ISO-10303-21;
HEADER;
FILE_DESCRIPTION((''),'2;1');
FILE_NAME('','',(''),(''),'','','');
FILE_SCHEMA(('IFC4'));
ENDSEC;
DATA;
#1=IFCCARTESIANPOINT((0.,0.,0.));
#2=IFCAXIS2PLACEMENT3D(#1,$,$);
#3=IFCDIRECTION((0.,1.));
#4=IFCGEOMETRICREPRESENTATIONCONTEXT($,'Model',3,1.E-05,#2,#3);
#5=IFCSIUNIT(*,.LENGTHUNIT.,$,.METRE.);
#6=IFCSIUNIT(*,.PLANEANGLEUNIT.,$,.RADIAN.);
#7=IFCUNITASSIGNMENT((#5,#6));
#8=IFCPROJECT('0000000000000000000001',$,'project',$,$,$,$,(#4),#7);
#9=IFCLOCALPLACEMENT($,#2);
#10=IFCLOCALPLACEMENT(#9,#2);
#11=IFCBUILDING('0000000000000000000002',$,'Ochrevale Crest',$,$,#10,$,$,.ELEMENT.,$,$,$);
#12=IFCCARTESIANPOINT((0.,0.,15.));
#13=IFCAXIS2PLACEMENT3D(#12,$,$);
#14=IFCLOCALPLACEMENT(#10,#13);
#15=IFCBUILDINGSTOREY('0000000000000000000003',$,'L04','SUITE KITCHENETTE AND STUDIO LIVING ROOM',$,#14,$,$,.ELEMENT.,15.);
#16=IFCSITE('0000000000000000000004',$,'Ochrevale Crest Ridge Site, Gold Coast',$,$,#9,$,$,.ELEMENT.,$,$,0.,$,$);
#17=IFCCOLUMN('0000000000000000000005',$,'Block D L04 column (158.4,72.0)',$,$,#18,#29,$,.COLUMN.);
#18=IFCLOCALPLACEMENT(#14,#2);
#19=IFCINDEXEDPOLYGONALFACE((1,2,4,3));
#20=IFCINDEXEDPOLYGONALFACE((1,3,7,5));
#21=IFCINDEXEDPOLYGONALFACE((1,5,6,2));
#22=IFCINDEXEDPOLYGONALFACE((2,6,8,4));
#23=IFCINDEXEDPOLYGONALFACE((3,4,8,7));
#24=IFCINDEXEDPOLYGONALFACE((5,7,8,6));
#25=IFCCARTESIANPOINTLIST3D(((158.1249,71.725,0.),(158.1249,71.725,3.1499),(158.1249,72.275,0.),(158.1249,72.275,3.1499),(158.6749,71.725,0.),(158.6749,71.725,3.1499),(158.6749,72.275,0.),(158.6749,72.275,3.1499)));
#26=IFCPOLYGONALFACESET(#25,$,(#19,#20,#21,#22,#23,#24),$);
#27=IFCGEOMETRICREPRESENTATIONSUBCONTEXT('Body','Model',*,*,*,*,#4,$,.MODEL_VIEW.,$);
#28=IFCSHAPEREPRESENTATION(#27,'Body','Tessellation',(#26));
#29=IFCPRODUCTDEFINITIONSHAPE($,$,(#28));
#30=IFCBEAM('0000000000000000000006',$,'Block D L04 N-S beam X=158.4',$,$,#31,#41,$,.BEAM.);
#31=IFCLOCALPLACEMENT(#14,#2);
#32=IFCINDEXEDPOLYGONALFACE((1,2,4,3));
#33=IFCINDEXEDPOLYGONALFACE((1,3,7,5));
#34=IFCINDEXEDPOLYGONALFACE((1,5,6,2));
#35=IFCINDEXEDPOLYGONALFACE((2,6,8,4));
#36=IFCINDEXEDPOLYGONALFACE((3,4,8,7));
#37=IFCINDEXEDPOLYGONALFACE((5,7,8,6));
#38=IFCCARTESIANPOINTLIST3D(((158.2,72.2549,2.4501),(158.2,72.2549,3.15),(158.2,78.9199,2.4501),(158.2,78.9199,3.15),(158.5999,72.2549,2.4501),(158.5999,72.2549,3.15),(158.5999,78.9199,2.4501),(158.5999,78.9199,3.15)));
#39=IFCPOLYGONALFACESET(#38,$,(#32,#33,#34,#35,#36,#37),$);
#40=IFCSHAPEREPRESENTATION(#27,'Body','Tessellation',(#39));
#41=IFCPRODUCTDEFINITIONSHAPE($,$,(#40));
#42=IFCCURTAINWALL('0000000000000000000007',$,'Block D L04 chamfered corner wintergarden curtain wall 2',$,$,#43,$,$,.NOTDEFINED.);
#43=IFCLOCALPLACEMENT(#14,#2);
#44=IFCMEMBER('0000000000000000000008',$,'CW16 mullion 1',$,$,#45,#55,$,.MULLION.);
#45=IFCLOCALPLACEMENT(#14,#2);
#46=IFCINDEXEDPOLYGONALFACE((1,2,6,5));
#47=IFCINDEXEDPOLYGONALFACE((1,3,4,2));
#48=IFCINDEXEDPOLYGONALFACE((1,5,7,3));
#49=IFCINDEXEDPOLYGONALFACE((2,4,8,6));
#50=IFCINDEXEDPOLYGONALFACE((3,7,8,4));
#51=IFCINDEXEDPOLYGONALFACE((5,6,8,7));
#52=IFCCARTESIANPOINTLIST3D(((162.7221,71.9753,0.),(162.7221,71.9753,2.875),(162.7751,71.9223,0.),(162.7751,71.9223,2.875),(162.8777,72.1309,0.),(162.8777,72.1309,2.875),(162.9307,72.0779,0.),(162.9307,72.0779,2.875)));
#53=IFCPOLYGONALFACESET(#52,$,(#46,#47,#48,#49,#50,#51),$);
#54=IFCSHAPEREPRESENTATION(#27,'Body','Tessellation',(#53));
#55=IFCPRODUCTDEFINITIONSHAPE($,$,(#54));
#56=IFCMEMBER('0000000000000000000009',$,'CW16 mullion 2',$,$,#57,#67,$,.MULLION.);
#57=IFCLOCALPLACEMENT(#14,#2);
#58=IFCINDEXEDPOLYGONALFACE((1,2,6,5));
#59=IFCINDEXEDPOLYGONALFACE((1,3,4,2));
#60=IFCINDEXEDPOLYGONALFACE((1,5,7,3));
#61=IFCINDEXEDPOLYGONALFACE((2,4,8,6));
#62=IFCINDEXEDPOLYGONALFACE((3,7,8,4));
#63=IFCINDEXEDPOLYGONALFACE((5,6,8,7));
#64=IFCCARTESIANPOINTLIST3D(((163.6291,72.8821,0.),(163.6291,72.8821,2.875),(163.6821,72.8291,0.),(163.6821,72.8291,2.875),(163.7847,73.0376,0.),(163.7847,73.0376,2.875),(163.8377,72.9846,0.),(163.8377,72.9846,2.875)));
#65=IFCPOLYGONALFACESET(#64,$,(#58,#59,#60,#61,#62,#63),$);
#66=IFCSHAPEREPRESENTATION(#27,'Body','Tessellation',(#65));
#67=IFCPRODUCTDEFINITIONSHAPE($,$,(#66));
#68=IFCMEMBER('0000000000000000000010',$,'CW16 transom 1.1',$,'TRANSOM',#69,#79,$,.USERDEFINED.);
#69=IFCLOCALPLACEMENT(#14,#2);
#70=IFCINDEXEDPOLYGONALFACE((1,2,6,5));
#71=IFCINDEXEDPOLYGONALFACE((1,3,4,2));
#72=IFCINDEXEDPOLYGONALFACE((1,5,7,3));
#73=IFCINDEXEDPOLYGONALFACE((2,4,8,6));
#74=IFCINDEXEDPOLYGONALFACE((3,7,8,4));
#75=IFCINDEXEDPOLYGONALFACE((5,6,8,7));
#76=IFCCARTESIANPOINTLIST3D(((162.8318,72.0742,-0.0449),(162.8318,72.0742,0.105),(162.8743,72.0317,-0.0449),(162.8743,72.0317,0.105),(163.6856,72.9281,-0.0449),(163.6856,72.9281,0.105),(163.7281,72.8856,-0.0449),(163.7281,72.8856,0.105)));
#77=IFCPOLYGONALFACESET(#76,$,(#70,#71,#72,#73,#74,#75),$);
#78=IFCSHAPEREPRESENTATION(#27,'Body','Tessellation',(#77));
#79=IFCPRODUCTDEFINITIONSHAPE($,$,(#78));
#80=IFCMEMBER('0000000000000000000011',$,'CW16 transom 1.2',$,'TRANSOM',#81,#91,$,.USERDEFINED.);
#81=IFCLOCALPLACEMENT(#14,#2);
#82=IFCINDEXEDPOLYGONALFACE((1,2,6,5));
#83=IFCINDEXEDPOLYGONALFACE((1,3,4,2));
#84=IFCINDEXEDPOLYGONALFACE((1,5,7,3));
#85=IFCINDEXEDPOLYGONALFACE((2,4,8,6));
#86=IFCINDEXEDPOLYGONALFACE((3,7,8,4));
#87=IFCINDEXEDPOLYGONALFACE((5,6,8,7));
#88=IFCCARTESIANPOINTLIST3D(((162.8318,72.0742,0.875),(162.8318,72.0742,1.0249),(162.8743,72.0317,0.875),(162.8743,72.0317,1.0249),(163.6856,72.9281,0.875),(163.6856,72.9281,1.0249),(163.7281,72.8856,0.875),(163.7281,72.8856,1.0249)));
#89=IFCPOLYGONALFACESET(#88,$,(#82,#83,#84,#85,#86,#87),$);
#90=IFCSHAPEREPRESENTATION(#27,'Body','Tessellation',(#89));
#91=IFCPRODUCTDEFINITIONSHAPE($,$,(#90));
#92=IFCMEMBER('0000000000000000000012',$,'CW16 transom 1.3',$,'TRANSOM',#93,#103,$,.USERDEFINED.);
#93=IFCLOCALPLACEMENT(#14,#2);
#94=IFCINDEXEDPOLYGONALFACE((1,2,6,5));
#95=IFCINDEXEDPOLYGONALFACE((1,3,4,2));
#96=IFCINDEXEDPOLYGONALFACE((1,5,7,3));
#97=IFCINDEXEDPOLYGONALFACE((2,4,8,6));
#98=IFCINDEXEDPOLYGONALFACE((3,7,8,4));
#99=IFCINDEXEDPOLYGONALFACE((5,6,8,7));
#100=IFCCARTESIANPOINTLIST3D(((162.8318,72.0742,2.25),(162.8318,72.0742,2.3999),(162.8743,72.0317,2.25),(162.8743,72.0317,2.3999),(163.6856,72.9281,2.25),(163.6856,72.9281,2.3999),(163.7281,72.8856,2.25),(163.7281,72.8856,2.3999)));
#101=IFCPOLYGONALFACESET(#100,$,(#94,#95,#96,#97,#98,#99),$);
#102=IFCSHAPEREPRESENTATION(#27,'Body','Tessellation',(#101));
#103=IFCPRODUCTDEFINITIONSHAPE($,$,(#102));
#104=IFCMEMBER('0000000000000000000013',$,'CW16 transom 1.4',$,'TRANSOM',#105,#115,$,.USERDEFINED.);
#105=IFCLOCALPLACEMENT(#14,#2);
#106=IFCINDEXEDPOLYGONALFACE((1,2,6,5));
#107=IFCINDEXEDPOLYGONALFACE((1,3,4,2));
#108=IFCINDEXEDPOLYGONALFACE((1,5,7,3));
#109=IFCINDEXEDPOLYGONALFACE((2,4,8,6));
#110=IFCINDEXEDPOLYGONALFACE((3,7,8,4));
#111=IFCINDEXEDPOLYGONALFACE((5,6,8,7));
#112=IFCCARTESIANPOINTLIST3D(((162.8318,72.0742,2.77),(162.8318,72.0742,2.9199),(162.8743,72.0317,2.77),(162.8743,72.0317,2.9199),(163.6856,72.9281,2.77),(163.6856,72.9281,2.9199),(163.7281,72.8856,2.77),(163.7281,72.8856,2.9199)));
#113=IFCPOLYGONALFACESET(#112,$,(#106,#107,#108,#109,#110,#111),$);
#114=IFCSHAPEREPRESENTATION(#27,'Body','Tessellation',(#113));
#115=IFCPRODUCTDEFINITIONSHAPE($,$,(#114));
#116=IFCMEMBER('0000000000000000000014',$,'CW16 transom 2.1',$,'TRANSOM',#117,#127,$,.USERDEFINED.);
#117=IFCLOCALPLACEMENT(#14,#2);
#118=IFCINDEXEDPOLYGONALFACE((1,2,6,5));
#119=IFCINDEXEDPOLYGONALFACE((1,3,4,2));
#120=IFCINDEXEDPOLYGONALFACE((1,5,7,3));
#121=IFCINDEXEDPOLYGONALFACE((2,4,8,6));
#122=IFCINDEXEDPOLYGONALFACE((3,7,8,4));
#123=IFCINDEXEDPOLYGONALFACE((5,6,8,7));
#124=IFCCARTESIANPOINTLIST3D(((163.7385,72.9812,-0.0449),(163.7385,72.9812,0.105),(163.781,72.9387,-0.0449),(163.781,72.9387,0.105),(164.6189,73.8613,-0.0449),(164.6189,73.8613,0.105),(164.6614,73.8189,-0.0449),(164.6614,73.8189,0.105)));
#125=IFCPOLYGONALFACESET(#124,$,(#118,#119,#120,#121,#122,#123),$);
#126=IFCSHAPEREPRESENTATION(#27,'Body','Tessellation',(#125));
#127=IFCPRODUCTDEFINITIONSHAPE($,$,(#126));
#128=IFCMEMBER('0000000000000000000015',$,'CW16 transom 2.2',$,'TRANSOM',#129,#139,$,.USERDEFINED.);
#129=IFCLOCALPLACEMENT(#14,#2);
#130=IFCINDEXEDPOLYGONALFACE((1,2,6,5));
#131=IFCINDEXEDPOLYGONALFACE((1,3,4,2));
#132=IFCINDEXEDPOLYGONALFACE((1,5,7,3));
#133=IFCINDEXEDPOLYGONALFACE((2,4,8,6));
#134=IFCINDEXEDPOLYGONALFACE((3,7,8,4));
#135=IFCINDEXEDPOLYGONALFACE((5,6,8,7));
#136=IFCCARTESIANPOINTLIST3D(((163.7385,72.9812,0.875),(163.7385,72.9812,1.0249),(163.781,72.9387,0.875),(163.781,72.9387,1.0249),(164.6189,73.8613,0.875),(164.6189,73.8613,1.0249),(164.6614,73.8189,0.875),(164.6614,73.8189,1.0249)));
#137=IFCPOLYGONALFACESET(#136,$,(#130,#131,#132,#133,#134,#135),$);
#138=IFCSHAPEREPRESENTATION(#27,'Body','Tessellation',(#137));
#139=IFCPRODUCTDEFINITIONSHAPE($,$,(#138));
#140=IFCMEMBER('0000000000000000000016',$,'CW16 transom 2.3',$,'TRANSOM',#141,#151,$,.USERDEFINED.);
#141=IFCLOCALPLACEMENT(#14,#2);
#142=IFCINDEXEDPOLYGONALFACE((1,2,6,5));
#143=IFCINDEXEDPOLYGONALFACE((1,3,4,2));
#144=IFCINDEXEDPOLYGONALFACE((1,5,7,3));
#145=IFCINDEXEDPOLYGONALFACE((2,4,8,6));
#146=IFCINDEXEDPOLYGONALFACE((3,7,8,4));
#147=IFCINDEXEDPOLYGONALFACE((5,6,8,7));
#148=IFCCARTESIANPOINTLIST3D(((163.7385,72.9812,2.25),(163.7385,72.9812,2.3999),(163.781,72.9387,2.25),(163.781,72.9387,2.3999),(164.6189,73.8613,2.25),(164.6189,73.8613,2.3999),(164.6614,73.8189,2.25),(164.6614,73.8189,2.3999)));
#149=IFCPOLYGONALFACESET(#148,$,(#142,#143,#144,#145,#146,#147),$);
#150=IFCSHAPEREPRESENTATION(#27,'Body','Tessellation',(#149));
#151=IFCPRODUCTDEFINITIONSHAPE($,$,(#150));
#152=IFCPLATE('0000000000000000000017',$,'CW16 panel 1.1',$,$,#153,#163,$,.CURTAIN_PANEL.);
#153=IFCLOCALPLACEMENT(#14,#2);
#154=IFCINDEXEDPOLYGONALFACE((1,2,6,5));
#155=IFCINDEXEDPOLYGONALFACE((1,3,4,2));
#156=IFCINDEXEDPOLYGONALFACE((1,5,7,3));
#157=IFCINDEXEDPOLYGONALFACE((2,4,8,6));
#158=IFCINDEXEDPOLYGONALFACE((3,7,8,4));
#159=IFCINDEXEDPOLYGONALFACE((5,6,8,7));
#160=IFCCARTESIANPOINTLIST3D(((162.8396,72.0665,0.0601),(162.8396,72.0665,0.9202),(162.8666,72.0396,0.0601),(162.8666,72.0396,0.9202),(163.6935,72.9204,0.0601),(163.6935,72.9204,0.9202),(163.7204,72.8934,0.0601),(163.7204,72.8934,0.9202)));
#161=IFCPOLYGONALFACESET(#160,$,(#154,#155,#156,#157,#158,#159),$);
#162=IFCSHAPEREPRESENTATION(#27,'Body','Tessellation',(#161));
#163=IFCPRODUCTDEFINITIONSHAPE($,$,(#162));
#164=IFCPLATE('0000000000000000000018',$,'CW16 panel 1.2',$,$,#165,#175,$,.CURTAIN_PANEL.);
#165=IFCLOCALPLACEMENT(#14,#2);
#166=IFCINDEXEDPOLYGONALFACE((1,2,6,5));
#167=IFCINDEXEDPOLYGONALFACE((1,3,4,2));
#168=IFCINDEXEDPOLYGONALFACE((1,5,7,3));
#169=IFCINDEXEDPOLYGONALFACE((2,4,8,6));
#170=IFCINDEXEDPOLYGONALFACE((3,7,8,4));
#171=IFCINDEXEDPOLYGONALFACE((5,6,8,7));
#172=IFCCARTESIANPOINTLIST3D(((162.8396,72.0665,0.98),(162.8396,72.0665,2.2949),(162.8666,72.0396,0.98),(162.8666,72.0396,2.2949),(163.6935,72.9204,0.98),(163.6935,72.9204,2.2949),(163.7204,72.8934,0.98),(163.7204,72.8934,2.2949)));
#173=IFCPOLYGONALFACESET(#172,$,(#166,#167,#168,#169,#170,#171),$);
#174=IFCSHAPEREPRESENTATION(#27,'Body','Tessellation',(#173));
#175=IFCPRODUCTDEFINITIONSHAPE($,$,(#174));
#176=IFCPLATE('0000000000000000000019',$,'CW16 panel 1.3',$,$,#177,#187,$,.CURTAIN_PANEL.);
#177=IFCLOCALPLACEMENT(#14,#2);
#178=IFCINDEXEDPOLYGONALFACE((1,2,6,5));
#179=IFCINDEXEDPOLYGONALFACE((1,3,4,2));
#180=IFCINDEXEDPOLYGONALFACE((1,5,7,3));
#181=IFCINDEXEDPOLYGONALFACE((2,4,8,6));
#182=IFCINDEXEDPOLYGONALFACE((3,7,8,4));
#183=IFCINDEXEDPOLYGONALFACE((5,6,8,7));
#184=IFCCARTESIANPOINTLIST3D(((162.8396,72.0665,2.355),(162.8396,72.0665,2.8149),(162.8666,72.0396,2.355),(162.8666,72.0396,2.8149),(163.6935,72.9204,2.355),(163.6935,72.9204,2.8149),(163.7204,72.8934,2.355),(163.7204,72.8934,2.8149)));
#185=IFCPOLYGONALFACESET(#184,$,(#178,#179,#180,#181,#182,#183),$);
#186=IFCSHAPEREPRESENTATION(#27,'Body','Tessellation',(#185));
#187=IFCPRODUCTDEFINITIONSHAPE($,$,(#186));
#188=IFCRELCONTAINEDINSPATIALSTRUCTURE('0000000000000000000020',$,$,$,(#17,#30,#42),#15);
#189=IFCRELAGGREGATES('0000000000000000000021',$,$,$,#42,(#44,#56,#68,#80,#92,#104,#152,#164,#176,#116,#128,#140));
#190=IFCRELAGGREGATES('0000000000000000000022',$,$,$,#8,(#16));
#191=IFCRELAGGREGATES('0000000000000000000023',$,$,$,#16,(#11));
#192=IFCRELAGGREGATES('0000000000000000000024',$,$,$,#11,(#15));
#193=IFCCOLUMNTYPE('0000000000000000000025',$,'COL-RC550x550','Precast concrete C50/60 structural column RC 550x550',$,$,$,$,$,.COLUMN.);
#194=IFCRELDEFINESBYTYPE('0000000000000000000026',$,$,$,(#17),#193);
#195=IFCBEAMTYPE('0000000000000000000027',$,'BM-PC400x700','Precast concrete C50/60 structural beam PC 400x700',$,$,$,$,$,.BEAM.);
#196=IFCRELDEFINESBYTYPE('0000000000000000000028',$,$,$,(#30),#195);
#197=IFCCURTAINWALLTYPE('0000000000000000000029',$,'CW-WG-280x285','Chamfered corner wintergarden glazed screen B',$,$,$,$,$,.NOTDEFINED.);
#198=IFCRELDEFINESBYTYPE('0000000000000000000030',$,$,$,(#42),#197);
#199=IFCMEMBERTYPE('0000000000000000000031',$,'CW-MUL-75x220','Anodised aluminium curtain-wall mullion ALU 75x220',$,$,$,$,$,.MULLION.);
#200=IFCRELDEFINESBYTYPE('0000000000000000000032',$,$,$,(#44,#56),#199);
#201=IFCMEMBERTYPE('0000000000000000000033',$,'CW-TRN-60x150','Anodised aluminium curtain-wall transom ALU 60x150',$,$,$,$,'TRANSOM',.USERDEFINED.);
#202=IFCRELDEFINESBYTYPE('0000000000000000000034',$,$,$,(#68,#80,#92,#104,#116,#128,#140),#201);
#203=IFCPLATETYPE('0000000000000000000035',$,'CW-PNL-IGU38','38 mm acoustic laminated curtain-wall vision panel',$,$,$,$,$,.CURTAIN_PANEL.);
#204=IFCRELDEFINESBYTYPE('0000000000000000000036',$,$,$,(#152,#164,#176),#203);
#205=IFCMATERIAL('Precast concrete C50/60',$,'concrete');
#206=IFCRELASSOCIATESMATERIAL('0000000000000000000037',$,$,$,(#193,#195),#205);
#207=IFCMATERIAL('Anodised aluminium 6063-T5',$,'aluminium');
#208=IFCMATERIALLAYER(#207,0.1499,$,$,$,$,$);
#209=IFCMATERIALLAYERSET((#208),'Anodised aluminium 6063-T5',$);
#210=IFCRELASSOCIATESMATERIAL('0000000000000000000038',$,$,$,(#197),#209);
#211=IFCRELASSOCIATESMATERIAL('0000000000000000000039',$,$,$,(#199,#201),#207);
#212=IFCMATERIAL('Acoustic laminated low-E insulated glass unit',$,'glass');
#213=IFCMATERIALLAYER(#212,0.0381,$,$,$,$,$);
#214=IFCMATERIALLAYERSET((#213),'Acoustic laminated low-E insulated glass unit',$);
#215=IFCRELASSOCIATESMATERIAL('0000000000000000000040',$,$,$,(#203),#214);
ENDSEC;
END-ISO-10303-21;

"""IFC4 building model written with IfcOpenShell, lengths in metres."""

from ifc_helpers import new_model, si_unit, direction, frame, origin, origin_2d, place, context, subcontext, project, spatial, rectangle, extrude, material, layer, layer_set, material_profile, profile_set, type_object, element, aggregate, save


model = new_model("IFC4")

# Units and contexts
model_context = context("Model", 3, precision=1e-05, world=origin(), true_north=direction((0.0, 1.0)))
body_context = subcontext(model_context, "Body", "Model", "MODEL_VIEW")
ifc_project = project(units=[si_unit("LENGTHUNIT", "METRE"), si_unit("PLANEANGLEUNIT", "RADIAN")], contexts=[model_context])

# Site, building, storey
site_placement = place(None, origin())
site = spatial("IfcSite", under=ifc_project, at=site_placement, Name="Ochrevale Crest Ridge Site, Gold Coast", CompositionType="ELEMENT", RefElevation=0.0)
building_placement = place(site_placement, origin())
building = spatial("IfcBuilding", under=site, at=building_placement, Name="Ochrevale Crest", CompositionType="ELEMENT")
storey_placement = place(building_placement, frame((0.0, 0.0, 15.0)))
storey = spatial("IfcBuildingStorey", under=building, at=storey_placement, Name="L04", Description="SUITE KITCHENETTE AND STUDIO LIVING ROOM", CompositionType="ELEMENT", Elevation=15.0)

# Column
ifc_material_1 = material(Name="Precast concrete C50/60", Category="concrete")
ifc_material_profile_1 = material_profile(ifc_material_1, rectangle(XDim=0.55, YDim=0.55, at=origin_2d()), Name="RC 550x550")
ifc_profile_set_1 = profile_set([ifc_material_profile_1], Name="Precast concrete C50/60")
column_type = type_object("IfcColumnType", Name="COL-RC550x550", Description="Precast concrete C50/60 structural column RC 550x550", PredefinedType="COLUMN", material=ifc_profile_set_1)
column_placement = place(storey_placement, frame((158.3999, 72.0, 0.0), z_axis=(0.0, 0.0, 1.0), x_axis=(1.0, 0.0, 0.0)))
element("IfcColumn", 1, at=column_placement, inside=storey, type_object=column_type, Name="Block D L04 column (158.4,72.0)", PredefinedType="COLUMN", context=body_context, shape_type="SweptSolid", body=[
    extrude(rectangle(XDim=0.55, YDim=0.55, at=origin_2d()), origin(), (0.0, 0.0, 1.0), 3.1499),
])

# Beam
ifc_material_profile_2 = material_profile(ifc_material_1, rectangle(XDim=0.3999, YDim=0.7, at=origin_2d()), Name="PC 400x700")
ifc_profile_set_2 = profile_set([ifc_material_profile_2], Name="Precast concrete C50/60")
beam_type = type_object("IfcBeamType", Name="BM-PC400x700", Description="Precast concrete C50/60 structural beam PC 400x700", PredefinedType="BEAM", material=ifc_profile_set_2)
beam_placement = place(storey_placement, frame((158.3999, 72.2549, 2.8), z_axis=(0.0, 1.0, 0.0), x_axis=(-1.0, 0.0, 0.0)))
element("IfcBeam", 2, at=beam_placement, inside=storey, type_object=beam_type, Name="Block D L04 N-S beam X=158.4", PredefinedType="BEAM", context=body_context, shape_type="SweptSolid", body=[
    extrude(rectangle(XDim=0.3999, YDim=0.7, at=origin_2d()), origin(), (0.0, 0.0, 1.0), 6.665),
])

# Curtain wall, members, plates
ifc_material_2 = material(Name="Anodised aluminium 6063-T5", Category="aluminium")
ifc_layer_1 = layer(ifc_material_2, 0.1499)
ifc_layer_set_1 = layer_set([ifc_layer_1], Name="Anodised aluminium 6063-T5")
curtain_wall_type = type_object("IfcCurtainWallType", Name="CW-WG-280x285", Description="Chamfered corner wintergarden glazed screen B", PredefinedType="NOTDEFINED", material=ifc_layer_set_1)
curtain_wall_placement = place(storey_placement, origin())
curtain_wall = element("IfcCurtainWall", 3, at=curtain_wall_placement, inside=storey, type_object=curtain_wall_type, Name="Block D L04 chamfered corner wintergarden curtain wall 2", PredefinedType="NOTDEFINED")
ifc_material_profile_3 = material_profile(ifc_material_2, rectangle(XDim=0.075, YDim=0.22, at=origin_2d()), Name="ALU 75x220")
ifc_profile_set_3 = profile_set([ifc_material_profile_3], Name="Anodised aluminium 6063-T5")
member_type_1 = type_object("IfcMemberType", Name="CW-MUL-75x220", Description="Anodised aluminium curtain-wall mullion ALU 75x220", PredefinedType="MULLION", material=ifc_profile_set_3)
member_1_placement = place(storey_placement, frame((162.8264, 72.0266, 0.0), z_axis=(0.0, 0.0, 1.0), x_axis=(-0.707107, 0.707107, 0.0)))
member_1 = element("IfcMember", 4, at=member_1_placement, type_object=member_type_1, Name="CW16 mullion 1", PredefinedType="MULLION", context=body_context, shape_type="SweptSolid", body=[
    extrude(rectangle(XDim=0.075, YDim=0.22, at=origin_2d()), origin(), (0.0, 0.0, 1.0), 2.875),
])
member_2_placement = place(storey_placement, frame((163.7334, 72.9333, 0.0), z_axis=(0.0, 0.0, 1.0), x_axis=(-0.707107, 0.707107, 0.0)))
member_2 = element("IfcMember", 5, at=member_2_placement, type_object=member_type_1, Name="CW16 mullion 2", PredefinedType="MULLION", context=body_context, shape_type="SweptSolid", body=[
    extrude(rectangle(XDim=0.075, YDim=0.22, at=origin_2d()), origin(), (0.0, 0.0, 1.0), 2.875),
])
ifc_material_profile_4 = material_profile(ifc_material_2, rectangle(XDim=0.0601, YDim=0.1499, at=origin_2d()), Name="ALU 60x150")
ifc_profile_set_4 = profile_set([ifc_material_profile_4], Name="Anodised aluminium 6063-T5")
member_type_2 = type_object("IfcMemberType", Name="CW-TRN-60x150", Description="Anodised aluminium curtain-wall transom ALU 60x150", ElementType="TRANSOM", PredefinedType="USERDEFINED", material=ifc_profile_set_4)
member_3_placement = place(storey_placement, frame((162.853, 72.053, 0.03), z_axis=(0.707107, 0.707107, 0.0), x_axis=(-0.707107, 0.707107, 0.0)))
member_3 = element("IfcMember", 6, at=member_3_placement, type_object=member_type_2, Name="CW16 transom 1.1", ObjectType="TRANSOM", PredefinedType="USERDEFINED", context=body_context, shape_type="SweptSolid", body=[
    extrude(rectangle(XDim=0.0601, YDim=0.1499, at=origin_2d()), origin(), (0.0, 0.0, 1.0), 1.2075),
])
member_4_placement = place(storey_placement, frame((162.853, 72.053, 0.95), z_axis=(0.707107, 0.707107, 0.0), x_axis=(-0.707107, 0.707107, 0.0)))
member_4 = element("IfcMember", 7, at=member_4_placement, type_object=member_type_2, Name="CW16 transom 1.2", ObjectType="TRANSOM", PredefinedType="USERDEFINED", context=body_context, shape_type="SweptSolid", body=[
    extrude(rectangle(XDim=0.0601, YDim=0.1499, at=origin_2d()), origin(), (0.0, 0.0, 1.0), 1.2075),
])
member_5_placement = place(storey_placement, frame((162.853, 72.053, 2.325), z_axis=(0.707107, 0.707107, 0.0), x_axis=(-0.707107, 0.707107, 0.0)))
member_5 = element("IfcMember", 8, at=member_5_placement, type_object=member_type_2, Name="CW16 transom 1.3", ObjectType="TRANSOM", PredefinedType="USERDEFINED", context=body_context, shape_type="SweptSolid", body=[
    extrude(rectangle(XDim=0.0601, YDim=0.1499, at=origin_2d()), origin(), (0.0, 0.0, 1.0), 1.2075),
])
member_6_placement = place(storey_placement, frame((162.853, 72.053, 2.845), z_axis=(0.707107, 0.707107, 0.0), x_axis=(-0.707107, 0.707107, 0.0)))
member_6 = element("IfcMember", 9, at=member_6_placement, type_object=member_type_2, Name="CW16 transom 1.4", ObjectType="TRANSOM", PredefinedType="USERDEFINED", context=body_context, shape_type="SweptSolid", body=[
    extrude(rectangle(XDim=0.0601, YDim=0.1499, at=origin_2d()), origin(), (0.0, 0.0, 1.0), 1.2075),
])
member_7_placement = place(storey_placement, frame((163.7598, 72.96, 0.03), z_axis=(0.707205, 0.707009, 0.0), x_axis=(-0.707009, 0.707205, 0.0)))
member_7 = element("IfcMember", 10, at=member_7_placement, type_object=member_type_2, Name="CW16 transom 2.1", ObjectType="TRANSOM", PredefinedType="USERDEFINED", context=body_context, shape_type="SweptSolid", body=[
    extrude(rectangle(XDim=0.0601, YDim=0.1499, at=origin_2d()), origin(), (0.0, 0.0, 1.0), 1.2449),
])
member_8_placement = place(storey_placement, frame((163.7598, 72.96, 0.95), z_axis=(0.707205, 0.707009, 0.0), x_axis=(-0.707009, 0.707205, 0.0)))
member_8 = element("IfcMember", 11, at=member_8_placement, type_object=member_type_2, Name="CW16 transom 2.2", ObjectType="TRANSOM", PredefinedType="USERDEFINED", context=body_context, shape_type="SweptSolid", body=[
    extrude(rectangle(XDim=0.0601, YDim=0.1499, at=origin_2d()), origin(), (0.0, 0.0, 1.0), 1.2449),
])
member_9_placement = place(storey_placement, frame((163.7598, 72.96, 2.325), z_axis=(0.707205, 0.707009, 0.0), x_axis=(-0.707009, 0.707205, 0.0)))
member_9 = element("IfcMember", 12, at=member_9_placement, type_object=member_type_2, Name="CW16 transom 2.3", ObjectType="TRANSOM", PredefinedType="USERDEFINED", context=body_context, shape_type="SweptSolid", body=[
    extrude(rectangle(XDim=0.0601, YDim=0.1499, at=origin_2d()), origin(), (0.0, 0.0, 1.0), 1.2449),
])
ifc_material_3 = material(Name="Acoustic laminated low-E insulated glass unit", Category="glass")
ifc_layer_2 = layer(ifc_material_3, 0.0381)
ifc_layer_set_2 = layer_set([ifc_layer_2], Name="Acoustic laminated low-E insulated glass unit")
plate_type_1 = type_object("IfcPlateType", Name="CW-PNL-IGU38", Description="38 mm acoustic laminated curtain-wall vision panel", PredefinedType="CURTAIN_PANEL", material=ifc_layer_set_2)
plate_1_placement = place(storey_placement, frame((163.28, 72.48, 0.0601), z_axis=(0.0, 0.0, 1.0), x_axis=(0.707107, 0.707107, 0.0)))
plate_1 = element("IfcPlate", 13, at=plate_1_placement, type_object=plate_type_1, Name="CW16 panel 1.1", PredefinedType="CURTAIN_PANEL", context=body_context, shape_type="SweptSolid", body=[
    extrude(rectangle(XDim=1.2075, YDim=0.0381, at=origin_2d()), origin(), (0.0, 0.0, 1.0), 0.8601),
])
plate_2_placement = place(storey_placement, frame((163.28, 72.48, 0.98), z_axis=(0.0, 0.0, 1.0), x_axis=(0.707107, 0.707107, 0.0)))
plate_2 = element("IfcPlate", 14, at=plate_2_placement, type_object=plate_type_1, Name="CW16 panel 1.2", PredefinedType="CURTAIN_PANEL", context=body_context, shape_type="SweptSolid", body=[
    extrude(rectangle(XDim=1.2075, YDim=0.0381, at=origin_2d()), origin(), (0.0, 0.0, 1.0), 1.3149),
])
plate_3_placement = place(storey_placement, frame((163.28, 72.48, 2.355), z_axis=(0.0, 0.0, 1.0), x_axis=(0.707107, 0.707107, 0.0)))
plate_3 = element("IfcPlate", 15, at=plate_3_placement, type_object=plate_type_1, Name="CW16 panel 1.3", PredefinedType="CURTAIN_PANEL", context=body_context, shape_type="SweptSolid", body=[
    extrude(rectangle(XDim=1.2075, YDim=0.0381, at=origin_2d()), origin(), (0.0, 0.0, 1.0), 0.46),
])
aggregate(curtain_wall, [member_1, member_2, member_3, member_4, member_5, member_6, plate_1, plate_2, plate_3, member_7, member_8, member_9])

save(model, "model.ifc")
